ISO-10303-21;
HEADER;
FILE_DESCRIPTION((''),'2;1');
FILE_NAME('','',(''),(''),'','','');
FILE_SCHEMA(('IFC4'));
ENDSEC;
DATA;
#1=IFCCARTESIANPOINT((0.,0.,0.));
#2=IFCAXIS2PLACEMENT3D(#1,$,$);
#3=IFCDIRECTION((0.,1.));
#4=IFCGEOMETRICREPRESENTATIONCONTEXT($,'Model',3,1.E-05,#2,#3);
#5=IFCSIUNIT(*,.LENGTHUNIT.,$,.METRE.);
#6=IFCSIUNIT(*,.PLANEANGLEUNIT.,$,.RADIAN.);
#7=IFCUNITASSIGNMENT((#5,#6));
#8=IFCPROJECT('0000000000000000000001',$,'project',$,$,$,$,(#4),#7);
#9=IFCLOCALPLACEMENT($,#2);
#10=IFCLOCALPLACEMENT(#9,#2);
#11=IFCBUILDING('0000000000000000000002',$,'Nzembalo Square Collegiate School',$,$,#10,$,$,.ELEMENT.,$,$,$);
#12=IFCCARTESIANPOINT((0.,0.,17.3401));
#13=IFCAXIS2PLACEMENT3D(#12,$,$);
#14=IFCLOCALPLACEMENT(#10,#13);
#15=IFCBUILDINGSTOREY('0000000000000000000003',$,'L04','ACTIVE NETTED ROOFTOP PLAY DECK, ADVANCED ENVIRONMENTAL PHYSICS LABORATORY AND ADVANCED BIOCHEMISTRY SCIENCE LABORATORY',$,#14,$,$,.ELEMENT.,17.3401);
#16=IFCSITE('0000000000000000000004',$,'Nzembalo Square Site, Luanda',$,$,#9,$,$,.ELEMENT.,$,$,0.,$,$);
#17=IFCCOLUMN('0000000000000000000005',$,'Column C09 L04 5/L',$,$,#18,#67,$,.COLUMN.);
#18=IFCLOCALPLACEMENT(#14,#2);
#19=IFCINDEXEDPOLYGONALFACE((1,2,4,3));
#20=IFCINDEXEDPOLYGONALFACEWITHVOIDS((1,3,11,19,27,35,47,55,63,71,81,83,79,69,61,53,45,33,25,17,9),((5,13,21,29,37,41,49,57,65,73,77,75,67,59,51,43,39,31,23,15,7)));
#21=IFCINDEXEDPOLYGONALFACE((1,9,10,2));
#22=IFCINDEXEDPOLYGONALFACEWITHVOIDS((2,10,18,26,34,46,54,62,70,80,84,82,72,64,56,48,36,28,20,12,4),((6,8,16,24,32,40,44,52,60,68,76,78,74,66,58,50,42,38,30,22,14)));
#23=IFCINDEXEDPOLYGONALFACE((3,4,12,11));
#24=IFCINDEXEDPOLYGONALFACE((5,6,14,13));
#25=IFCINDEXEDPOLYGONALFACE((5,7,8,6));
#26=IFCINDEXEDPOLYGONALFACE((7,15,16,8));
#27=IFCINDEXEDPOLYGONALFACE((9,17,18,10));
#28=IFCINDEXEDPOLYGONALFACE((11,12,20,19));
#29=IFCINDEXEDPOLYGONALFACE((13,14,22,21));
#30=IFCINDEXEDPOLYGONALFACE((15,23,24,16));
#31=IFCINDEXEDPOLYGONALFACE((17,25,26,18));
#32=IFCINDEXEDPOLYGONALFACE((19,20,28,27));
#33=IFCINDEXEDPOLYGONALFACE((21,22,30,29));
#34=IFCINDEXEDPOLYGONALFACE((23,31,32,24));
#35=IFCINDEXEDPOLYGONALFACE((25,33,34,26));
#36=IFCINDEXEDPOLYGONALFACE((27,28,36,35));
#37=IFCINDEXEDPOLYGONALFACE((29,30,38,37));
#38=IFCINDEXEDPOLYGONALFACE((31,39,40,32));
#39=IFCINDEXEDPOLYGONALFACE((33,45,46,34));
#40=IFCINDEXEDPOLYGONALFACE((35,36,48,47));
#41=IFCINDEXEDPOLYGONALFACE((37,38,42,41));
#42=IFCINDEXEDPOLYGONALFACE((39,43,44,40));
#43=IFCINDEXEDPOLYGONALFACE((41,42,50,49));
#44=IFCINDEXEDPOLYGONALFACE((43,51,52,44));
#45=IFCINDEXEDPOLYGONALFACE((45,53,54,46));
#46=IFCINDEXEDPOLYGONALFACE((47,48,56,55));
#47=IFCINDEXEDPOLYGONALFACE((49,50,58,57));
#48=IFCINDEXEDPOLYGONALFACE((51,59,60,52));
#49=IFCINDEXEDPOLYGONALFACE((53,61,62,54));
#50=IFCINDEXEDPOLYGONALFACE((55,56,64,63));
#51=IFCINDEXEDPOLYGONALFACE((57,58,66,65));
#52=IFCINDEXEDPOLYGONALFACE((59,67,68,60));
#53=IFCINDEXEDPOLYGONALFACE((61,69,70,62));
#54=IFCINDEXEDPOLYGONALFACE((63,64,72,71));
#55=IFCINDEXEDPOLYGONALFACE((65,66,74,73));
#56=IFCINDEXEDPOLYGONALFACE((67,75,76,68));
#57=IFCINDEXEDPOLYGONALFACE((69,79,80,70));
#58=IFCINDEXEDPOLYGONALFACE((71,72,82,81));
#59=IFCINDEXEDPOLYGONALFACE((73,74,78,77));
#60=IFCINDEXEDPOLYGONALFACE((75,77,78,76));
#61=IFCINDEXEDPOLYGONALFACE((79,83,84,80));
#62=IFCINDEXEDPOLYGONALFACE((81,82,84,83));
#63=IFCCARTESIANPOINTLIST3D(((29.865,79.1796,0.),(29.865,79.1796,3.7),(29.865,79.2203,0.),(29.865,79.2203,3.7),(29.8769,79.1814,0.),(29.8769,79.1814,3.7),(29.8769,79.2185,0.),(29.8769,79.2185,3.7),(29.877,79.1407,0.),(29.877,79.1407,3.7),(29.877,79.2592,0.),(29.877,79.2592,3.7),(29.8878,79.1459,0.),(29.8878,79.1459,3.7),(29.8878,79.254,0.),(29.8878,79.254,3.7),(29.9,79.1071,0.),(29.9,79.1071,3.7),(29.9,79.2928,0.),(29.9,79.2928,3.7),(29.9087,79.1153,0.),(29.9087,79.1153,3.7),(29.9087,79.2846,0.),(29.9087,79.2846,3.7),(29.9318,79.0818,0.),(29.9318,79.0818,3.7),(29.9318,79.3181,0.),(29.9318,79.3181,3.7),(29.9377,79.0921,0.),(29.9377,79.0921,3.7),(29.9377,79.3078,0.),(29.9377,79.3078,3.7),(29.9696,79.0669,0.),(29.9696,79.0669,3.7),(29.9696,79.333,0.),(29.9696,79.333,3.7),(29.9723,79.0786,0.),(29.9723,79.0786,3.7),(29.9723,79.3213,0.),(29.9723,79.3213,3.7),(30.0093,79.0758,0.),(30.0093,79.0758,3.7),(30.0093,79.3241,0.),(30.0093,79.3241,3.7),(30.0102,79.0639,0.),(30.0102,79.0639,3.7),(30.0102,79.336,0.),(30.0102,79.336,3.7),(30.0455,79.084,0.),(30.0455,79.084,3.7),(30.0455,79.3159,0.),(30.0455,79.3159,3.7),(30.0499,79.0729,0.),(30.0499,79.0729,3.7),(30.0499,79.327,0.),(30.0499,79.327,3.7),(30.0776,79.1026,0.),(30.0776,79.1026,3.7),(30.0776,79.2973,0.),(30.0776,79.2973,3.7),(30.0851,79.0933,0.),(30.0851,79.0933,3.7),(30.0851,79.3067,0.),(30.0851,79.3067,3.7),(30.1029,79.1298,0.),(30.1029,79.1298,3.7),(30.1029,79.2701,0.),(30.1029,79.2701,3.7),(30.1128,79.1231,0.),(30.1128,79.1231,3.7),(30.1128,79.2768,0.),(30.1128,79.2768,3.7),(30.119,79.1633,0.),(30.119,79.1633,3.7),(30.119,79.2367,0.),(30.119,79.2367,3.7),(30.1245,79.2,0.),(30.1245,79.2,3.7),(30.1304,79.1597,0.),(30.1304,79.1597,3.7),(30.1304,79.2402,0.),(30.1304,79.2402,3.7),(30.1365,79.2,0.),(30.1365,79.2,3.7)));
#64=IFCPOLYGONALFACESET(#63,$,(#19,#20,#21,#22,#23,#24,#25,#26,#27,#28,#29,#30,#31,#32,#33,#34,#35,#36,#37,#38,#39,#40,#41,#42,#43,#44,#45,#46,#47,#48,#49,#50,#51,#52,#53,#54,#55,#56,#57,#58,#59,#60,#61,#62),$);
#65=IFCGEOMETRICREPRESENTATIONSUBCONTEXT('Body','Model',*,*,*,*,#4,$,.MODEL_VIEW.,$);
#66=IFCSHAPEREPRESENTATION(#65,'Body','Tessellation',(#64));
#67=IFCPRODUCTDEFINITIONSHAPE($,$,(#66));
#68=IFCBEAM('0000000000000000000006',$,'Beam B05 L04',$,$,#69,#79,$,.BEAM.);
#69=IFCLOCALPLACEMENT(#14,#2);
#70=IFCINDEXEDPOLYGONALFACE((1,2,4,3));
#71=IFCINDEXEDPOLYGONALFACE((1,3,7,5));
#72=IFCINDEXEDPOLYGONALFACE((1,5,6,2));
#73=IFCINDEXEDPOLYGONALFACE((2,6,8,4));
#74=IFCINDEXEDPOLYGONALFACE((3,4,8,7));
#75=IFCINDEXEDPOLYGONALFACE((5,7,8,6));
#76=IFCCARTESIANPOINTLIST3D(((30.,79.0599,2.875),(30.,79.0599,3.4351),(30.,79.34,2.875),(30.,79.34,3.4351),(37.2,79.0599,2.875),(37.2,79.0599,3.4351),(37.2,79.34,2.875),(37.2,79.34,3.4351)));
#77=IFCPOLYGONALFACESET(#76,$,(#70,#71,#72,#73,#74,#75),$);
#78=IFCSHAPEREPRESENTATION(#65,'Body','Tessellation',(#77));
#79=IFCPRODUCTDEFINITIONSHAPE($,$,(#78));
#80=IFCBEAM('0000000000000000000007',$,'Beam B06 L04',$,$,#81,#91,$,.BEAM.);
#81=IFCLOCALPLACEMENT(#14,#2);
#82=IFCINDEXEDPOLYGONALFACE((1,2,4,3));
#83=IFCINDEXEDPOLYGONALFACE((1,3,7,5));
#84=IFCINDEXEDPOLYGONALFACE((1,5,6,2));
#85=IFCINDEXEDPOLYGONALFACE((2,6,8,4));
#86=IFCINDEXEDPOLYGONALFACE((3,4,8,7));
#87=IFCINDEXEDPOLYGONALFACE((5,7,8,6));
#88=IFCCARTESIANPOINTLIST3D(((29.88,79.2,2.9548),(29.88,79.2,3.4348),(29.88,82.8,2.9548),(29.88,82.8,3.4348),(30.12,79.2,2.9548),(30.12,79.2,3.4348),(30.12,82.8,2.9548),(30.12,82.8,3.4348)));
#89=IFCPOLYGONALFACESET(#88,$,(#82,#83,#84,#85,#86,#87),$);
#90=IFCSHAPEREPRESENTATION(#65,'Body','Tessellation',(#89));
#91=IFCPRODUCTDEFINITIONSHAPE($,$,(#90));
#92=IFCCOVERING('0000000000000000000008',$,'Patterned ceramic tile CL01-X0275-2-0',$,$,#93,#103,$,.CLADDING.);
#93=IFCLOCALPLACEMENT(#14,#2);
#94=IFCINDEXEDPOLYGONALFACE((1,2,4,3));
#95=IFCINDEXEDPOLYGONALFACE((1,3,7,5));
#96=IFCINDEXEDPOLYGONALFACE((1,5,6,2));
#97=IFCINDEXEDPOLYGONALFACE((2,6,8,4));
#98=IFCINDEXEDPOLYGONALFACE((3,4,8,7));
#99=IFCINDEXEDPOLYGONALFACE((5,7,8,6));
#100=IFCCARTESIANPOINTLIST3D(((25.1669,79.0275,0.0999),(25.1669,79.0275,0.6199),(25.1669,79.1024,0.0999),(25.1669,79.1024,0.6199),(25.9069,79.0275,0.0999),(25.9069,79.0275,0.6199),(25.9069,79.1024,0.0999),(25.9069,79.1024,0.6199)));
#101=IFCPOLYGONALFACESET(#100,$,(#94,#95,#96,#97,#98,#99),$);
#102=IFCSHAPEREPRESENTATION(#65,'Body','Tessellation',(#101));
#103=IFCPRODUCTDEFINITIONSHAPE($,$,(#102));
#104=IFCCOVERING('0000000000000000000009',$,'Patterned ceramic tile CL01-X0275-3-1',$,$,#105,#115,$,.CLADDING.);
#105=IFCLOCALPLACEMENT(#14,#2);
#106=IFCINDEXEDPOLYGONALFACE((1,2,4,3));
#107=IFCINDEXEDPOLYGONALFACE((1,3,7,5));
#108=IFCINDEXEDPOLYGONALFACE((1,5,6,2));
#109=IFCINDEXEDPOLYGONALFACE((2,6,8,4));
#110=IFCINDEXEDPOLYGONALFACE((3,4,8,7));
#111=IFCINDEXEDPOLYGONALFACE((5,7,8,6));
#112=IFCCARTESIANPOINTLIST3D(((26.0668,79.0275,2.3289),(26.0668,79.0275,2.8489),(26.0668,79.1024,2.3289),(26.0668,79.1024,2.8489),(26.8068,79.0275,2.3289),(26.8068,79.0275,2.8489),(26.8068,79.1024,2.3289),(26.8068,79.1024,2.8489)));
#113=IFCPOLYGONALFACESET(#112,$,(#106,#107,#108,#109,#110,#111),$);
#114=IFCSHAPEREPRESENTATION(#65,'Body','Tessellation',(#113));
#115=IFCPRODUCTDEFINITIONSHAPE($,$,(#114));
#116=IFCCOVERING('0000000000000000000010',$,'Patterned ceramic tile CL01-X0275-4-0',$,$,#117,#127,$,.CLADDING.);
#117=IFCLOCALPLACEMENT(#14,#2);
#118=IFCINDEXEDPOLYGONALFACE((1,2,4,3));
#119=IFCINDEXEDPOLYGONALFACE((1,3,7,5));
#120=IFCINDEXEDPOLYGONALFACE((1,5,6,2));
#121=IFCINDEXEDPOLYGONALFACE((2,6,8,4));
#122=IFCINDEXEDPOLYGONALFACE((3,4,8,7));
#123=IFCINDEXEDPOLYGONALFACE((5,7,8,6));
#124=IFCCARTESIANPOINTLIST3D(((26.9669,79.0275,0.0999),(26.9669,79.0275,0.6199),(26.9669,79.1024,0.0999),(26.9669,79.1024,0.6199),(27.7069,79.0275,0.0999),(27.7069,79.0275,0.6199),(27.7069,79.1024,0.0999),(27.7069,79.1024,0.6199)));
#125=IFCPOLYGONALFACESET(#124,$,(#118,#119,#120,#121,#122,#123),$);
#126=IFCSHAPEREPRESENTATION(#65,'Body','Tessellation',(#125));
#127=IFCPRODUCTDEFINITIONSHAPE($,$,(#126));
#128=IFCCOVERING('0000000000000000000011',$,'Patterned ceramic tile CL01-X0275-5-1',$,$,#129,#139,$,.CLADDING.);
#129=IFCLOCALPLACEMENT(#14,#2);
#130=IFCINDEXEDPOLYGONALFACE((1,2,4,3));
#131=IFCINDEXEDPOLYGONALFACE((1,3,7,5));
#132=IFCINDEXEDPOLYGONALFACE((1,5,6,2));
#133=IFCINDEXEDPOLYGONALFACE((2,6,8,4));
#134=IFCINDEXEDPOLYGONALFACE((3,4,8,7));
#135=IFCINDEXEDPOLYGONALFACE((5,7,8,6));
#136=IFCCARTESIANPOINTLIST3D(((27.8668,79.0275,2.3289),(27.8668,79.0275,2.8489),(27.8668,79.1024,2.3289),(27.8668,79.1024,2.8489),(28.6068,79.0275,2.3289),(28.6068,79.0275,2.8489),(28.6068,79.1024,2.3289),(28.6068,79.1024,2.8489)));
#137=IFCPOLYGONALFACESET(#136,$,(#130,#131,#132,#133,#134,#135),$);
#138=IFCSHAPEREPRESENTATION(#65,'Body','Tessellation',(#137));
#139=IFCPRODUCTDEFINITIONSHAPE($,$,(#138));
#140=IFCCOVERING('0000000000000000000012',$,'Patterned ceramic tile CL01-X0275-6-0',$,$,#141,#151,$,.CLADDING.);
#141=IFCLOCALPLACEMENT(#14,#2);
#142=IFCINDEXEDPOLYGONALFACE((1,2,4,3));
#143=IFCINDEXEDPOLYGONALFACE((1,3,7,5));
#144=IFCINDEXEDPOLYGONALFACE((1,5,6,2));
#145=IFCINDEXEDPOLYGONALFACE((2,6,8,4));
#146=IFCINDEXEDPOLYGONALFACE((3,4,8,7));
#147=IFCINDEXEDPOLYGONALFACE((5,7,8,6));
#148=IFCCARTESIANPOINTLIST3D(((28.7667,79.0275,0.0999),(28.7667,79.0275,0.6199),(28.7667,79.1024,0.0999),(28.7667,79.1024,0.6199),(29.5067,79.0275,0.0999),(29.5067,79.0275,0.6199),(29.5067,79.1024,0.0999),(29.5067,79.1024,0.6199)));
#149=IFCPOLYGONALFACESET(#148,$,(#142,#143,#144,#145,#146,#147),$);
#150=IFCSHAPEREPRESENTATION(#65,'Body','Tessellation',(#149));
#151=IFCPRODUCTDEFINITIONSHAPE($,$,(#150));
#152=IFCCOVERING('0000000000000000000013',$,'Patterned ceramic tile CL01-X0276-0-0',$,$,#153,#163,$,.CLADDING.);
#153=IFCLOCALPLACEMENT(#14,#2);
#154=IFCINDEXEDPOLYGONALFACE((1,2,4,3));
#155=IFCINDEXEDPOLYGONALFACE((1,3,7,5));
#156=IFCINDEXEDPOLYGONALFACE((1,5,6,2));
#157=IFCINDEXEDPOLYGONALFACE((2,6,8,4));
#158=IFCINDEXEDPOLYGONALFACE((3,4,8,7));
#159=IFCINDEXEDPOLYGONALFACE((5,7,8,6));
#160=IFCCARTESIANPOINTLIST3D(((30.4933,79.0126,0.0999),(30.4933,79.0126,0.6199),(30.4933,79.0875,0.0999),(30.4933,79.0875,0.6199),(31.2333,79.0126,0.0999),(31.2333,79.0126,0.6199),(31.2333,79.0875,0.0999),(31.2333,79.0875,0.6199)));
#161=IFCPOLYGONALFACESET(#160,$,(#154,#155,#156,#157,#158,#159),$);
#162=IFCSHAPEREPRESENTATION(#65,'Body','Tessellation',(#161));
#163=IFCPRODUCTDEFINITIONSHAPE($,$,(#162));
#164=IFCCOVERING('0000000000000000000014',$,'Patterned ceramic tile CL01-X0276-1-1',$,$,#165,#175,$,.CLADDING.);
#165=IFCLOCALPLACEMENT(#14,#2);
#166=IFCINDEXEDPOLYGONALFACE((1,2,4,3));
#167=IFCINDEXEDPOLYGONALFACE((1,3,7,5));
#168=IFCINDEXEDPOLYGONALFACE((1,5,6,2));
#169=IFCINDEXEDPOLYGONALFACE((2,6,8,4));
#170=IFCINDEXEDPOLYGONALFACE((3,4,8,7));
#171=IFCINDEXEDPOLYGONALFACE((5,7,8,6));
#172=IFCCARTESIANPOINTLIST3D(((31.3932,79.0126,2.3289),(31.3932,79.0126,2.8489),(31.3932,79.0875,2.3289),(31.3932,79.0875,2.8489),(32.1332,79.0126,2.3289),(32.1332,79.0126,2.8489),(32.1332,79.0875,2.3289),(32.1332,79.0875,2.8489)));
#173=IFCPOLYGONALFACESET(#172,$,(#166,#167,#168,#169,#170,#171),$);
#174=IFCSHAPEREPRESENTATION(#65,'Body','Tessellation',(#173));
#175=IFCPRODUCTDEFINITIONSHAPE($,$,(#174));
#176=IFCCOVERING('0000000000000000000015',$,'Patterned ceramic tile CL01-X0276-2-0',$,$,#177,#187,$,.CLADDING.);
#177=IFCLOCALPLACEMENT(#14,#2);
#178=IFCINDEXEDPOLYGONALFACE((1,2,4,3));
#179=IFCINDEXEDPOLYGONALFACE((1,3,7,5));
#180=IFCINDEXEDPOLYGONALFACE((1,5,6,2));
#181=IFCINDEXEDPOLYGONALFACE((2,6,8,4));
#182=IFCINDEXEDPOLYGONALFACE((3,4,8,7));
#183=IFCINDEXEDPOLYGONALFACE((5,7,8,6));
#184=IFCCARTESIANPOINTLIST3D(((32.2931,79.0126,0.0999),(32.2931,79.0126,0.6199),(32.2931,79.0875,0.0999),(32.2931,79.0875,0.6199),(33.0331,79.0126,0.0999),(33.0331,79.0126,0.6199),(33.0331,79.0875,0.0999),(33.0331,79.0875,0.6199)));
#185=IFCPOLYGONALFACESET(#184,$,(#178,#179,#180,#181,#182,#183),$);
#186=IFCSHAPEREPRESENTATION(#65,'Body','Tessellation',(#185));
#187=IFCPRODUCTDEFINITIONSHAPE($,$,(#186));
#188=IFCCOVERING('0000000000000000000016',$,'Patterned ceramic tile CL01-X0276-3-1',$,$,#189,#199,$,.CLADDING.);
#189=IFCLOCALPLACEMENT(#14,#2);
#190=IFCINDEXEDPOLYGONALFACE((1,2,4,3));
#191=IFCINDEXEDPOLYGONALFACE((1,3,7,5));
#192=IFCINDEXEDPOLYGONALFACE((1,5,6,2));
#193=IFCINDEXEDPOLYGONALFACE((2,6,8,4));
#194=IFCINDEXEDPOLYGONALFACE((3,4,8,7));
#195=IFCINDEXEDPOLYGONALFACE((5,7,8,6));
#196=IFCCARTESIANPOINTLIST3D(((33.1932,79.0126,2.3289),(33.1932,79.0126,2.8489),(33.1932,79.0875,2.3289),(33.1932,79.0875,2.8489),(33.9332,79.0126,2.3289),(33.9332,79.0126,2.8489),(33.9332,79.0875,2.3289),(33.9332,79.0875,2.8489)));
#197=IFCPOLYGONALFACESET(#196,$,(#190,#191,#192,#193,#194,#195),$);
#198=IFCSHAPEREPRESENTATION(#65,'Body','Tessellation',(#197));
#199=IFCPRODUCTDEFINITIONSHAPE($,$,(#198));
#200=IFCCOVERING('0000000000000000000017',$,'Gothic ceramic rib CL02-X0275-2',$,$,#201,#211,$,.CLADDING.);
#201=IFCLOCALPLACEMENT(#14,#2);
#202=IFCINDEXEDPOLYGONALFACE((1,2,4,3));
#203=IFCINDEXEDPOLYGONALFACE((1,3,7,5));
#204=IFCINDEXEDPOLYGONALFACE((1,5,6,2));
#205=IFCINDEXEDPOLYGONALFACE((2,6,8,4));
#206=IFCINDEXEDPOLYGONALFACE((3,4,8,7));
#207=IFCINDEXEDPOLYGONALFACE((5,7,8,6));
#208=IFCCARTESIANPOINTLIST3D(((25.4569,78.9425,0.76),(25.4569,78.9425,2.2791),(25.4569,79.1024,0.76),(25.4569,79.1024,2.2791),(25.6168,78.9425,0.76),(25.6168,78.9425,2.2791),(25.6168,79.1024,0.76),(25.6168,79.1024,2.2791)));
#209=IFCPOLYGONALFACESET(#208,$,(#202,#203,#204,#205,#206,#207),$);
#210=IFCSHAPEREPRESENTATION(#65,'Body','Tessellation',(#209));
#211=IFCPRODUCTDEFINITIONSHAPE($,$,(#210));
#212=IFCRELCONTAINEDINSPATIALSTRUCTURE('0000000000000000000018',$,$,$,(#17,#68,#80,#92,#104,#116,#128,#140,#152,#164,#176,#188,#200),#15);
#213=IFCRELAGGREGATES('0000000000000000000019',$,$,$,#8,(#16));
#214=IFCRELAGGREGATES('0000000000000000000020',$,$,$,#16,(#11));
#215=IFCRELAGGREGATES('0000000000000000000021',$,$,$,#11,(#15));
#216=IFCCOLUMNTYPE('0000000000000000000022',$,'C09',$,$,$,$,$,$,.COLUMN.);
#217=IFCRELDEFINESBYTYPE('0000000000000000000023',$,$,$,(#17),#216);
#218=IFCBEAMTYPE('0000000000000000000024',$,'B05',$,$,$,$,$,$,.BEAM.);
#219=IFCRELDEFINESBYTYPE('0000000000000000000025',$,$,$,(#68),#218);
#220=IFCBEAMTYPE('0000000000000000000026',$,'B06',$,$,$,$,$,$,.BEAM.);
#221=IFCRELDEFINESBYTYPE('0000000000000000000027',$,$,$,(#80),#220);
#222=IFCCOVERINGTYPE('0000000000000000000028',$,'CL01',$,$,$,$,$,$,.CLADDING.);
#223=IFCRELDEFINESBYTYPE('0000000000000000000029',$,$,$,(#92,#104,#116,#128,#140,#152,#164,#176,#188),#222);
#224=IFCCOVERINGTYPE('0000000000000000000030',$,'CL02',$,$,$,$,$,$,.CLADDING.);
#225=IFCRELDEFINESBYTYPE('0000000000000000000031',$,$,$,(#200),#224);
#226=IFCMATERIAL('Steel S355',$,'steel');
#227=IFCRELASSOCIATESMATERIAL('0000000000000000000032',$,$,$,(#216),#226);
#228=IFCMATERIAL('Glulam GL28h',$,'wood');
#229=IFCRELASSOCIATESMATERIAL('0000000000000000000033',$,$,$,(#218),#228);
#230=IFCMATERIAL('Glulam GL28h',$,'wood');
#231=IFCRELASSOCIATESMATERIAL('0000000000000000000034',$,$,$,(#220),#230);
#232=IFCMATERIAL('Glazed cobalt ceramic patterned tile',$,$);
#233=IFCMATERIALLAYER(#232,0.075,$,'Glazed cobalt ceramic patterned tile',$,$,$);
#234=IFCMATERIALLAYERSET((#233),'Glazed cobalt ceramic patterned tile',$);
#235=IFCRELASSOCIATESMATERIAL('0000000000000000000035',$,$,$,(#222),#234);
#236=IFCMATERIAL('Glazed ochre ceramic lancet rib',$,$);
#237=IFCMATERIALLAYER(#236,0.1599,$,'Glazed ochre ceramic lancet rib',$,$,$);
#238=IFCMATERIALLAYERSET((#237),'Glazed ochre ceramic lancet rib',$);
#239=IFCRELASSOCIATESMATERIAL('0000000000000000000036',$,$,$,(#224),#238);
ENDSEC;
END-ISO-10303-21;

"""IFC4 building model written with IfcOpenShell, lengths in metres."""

from ifc_helpers import new_model, si_unit, direction, frame, origin, origin_2d, place, context, subcontext, project, spatial, rectangle, hollow_circle, extrude, material, layer, layer_set, material_profile, profile_set, type_object, element, save


model = new_model("IFC4")

# Units and contexts
model_context = context("Model", 3, precision=1e-05, world=origin(), true_north=direction((0.0, 1.0)))
body_context = subcontext(model_context, "Body", "Model", "MODEL_VIEW")
ifc_project = project(units=[si_unit("LENGTHUNIT", "METRE"), si_unit("PLANEANGLEUNIT", "RADIAN")], contexts=[model_context])

# Site, building, storey
site_placement = place(None, origin())
site = spatial("IfcSite", under=ifc_project, at=site_placement, Name="Nzembalo Square Site, Luanda", CompositionType="ELEMENT", RefElevation=0.0)
building_placement = place(site_placement, origin())
building = spatial("IfcBuilding", under=site, at=building_placement, Name="Nzembalo Square Collegiate School", CompositionType="ELEMENT")
storey_placement = place(building_placement, frame((0.0, 0.0, 17.3401)))
storey = spatial("IfcBuildingStorey", under=building, at=storey_placement, Name="L04", Description="ACTIVE NETTED ROOFTOP PLAY DECK, ADVANCED ENVIRONMENTAL PHYSICS LABORATORY AND ADVANCED BIOCHEMISTRY SCIENCE LABORATORY", CompositionType="ELEMENT", Elevation=17.3401)

# Column
ifc_material_1 = material(Name="Steel S355", Category="steel")
ifc_material_profile_1 = material_profile(ifc_material_1, hollow_circle(Radius=0.1365, WallThickness=0.012, at=origin_2d()), Name="CHS 273x12")
ifc_profile_set_1 = profile_set([ifc_material_profile_1], Name="Steel S355")
column_type = type_object("IfcColumnType", Name="C09", PredefinedType="COLUMN", material=ifc_profile_set_1)
column_placement = place(storey_placement, frame((30.0, 79.2, 0.0), z_axis=(0.0, 0.0, 1.0), x_axis=(1.0, 0.0, 0.0)))
element("IfcColumn", 1, at=column_placement, inside=storey, type_object=column_type, Name="Column C09 L04 5/L", PredefinedType="COLUMN", context=body_context, shape_type="SweptSolid", body=[
    extrude(hollow_circle(Radius=0.1365, WallThickness=0.012, at=origin_2d()), origin(), (0.0, 0.0, 1.0), 3.7),
])

# Beams
ifc_material_2 = material(Name="Glulam GL28h", Category="wood")
ifc_material_profile_2 = material_profile(ifc_material_2, rectangle(XDim=0.28, YDim=0.5601, at=origin_2d()), Name="GL28h 280x560")
ifc_profile_set_2 = profile_set([ifc_material_profile_2], Name="Glulam GL28h")
beam_type_1 = type_object("IfcBeamType", Name="B05", PredefinedType="BEAM", material=ifc_profile_set_2)
beam_1_placement = place(storey_placement, frame((30.0, 79.2, 3.155), z_axis=(1.0, 0.0, 0.0), x_axis=(0.0, 1.0, 0.0)))
element("IfcBeam", 2, at=beam_1_placement, inside=storey, type_object=beam_type_1, Name="Beam B05 L04", PredefinedType="BEAM", context=body_context, shape_type="SweptSolid", body=[
    extrude(rectangle(XDim=0.28, YDim=0.5601, at=origin_2d()), origin(), (0.0, 0.0, 1.0), 7.2),
])
ifc_material_3 = material(Name="Glulam GL28h", Category="wood")
ifc_material_profile_3 = material_profile(ifc_material_3, rectangle(XDim=0.24, YDim=0.48, at=origin_2d()), Name="GL28h 240x480")
ifc_profile_set_3 = profile_set([ifc_material_profile_3], Name="Glulam GL28h")
beam_type_2 = type_object("IfcBeamType", Name="B06", PredefinedType="BEAM", material=ifc_profile_set_3)
beam_2_placement = place(storey_placement, frame((30.0, 79.2, 3.1948), z_axis=(0.0, 1.0, 0.0), x_axis=(-1.0, 0.0, 0.0)))
element("IfcBeam", 3, at=beam_2_placement, inside=storey, type_object=beam_type_2, Name="Beam B06 L04", PredefinedType="BEAM", context=body_context, shape_type="SweptSolid", body=[
    extrude(rectangle(XDim=0.24, YDim=0.48, at=origin_2d()), origin(), (0.0, 0.0, 1.0), 3.6001),
])

# Coverings
ifc_material_4 = material(Name="Glazed cobalt ceramic patterned tile")
ifc_layer_1 = layer(ifc_material_4, 0.075, Name="Glazed cobalt ceramic patterned tile")
ifc_layer_set_1 = layer_set([ifc_layer_1], Name="Glazed cobalt ceramic patterned tile")
covering_type_1 = type_object("IfcCoveringType", Name="CL01", PredefinedType="CLADDING", material=ifc_layer_set_1)
for number, where, z_axis, x_axis, name in (
    (4, (25.5369, 79.0649, 0.0999), (0.0, 0.0, 1.0), (1.0, 0.0, 0.0), "Patterned ceramic tile CL01-X0275-2-0"),
    (5, (26.4368, 79.0649, 2.3289), (0.0, 0.0, 1.0), (1.0, 0.0, 0.0), "Patterned ceramic tile CL01-X0275-3-1"),
    (6, (27.3369, 79.0649, 0.0999), (0.0, 0.0, 1.0), (1.0, 0.0, 0.0), "Patterned ceramic tile CL01-X0275-4-0"),
    (7, (28.2368, 79.0649, 2.3289), (0.0, 0.0, 1.0), (1.0, 0.0, 0.0), "Patterned ceramic tile CL01-X0275-5-1"),
    (8, (29.1367, 79.0649, 0.0999), (0.0, 0.0, 1.0), (1.0, 0.0, 0.0), "Patterned ceramic tile CL01-X0275-6-0"),
    (9, (30.8633, 79.05, 0.0999), (0.0, 0.0, 1.0), (1.0, 0.0, 0.0), "Patterned ceramic tile CL01-X0276-0-0"),
    (10, (31.7632, 79.05, 2.3289), (0.0, 0.0, 1.0), (1.0, 0.0, 0.0), "Patterned ceramic tile CL01-X0276-1-1"),
    (11, (32.6631, 79.05, 0.0999), (0.0, 0.0, 1.0), (1.0, 0.0, 0.0), "Patterned ceramic tile CL01-X0276-2-0"),
    (12, (33.5632, 79.05, 2.3289), (0.0, 0.0, 1.0), (1.0, 0.0, 0.0), "Patterned ceramic tile CL01-X0276-3-1"),
):
    element("IfcCovering", number, at=place(storey_placement, frame(where, z_axis=z_axis, x_axis=x_axis)), inside=storey, type_object=covering_type_1, Name=name, PredefinedType="CLADDING", context=body_context, shape_type="SweptSolid", body=[
        extrude(rectangle(XDim=0.74, YDim=0.075, at=origin_2d()), origin(), (0.0, 0.0, 1.0), 0.52),
    ])
ifc_material_5 = material(Name="Glazed ochre ceramic lancet rib")
ifc_layer_2 = layer(ifc_material_5, 0.1599, Name="Glazed ochre ceramic lancet rib")
ifc_layer_set_2 = layer_set([ifc_layer_2], Name="Glazed ochre ceramic lancet rib")
covering_type_2 = type_object("IfcCoveringType", Name="CL02", PredefinedType="CLADDING", material=ifc_layer_set_2)
for number, where, z_axis, x_axis, name in (
    (13, (25.5369, 79.0225, 0.76), (0.0, 0.0, 1.0), (1.0, 0.0, 0.0), "Gothic ceramic rib CL02-X0275-2"),
):
    element("IfcCovering", number, at=place(storey_placement, frame(where, z_axis=z_axis, x_axis=x_axis)), inside=storey, type_object=covering_type_2, Name=name, PredefinedType="CLADDING", context=body_context, shape_type="SweptSolid", body=[
        extrude(rectangle(XDim=0.1599, YDim=0.1599, at=origin_2d()), origin(), (0.0, 0.0, 1.0), 1.519),
    ])

save(model, "model.ifc")
